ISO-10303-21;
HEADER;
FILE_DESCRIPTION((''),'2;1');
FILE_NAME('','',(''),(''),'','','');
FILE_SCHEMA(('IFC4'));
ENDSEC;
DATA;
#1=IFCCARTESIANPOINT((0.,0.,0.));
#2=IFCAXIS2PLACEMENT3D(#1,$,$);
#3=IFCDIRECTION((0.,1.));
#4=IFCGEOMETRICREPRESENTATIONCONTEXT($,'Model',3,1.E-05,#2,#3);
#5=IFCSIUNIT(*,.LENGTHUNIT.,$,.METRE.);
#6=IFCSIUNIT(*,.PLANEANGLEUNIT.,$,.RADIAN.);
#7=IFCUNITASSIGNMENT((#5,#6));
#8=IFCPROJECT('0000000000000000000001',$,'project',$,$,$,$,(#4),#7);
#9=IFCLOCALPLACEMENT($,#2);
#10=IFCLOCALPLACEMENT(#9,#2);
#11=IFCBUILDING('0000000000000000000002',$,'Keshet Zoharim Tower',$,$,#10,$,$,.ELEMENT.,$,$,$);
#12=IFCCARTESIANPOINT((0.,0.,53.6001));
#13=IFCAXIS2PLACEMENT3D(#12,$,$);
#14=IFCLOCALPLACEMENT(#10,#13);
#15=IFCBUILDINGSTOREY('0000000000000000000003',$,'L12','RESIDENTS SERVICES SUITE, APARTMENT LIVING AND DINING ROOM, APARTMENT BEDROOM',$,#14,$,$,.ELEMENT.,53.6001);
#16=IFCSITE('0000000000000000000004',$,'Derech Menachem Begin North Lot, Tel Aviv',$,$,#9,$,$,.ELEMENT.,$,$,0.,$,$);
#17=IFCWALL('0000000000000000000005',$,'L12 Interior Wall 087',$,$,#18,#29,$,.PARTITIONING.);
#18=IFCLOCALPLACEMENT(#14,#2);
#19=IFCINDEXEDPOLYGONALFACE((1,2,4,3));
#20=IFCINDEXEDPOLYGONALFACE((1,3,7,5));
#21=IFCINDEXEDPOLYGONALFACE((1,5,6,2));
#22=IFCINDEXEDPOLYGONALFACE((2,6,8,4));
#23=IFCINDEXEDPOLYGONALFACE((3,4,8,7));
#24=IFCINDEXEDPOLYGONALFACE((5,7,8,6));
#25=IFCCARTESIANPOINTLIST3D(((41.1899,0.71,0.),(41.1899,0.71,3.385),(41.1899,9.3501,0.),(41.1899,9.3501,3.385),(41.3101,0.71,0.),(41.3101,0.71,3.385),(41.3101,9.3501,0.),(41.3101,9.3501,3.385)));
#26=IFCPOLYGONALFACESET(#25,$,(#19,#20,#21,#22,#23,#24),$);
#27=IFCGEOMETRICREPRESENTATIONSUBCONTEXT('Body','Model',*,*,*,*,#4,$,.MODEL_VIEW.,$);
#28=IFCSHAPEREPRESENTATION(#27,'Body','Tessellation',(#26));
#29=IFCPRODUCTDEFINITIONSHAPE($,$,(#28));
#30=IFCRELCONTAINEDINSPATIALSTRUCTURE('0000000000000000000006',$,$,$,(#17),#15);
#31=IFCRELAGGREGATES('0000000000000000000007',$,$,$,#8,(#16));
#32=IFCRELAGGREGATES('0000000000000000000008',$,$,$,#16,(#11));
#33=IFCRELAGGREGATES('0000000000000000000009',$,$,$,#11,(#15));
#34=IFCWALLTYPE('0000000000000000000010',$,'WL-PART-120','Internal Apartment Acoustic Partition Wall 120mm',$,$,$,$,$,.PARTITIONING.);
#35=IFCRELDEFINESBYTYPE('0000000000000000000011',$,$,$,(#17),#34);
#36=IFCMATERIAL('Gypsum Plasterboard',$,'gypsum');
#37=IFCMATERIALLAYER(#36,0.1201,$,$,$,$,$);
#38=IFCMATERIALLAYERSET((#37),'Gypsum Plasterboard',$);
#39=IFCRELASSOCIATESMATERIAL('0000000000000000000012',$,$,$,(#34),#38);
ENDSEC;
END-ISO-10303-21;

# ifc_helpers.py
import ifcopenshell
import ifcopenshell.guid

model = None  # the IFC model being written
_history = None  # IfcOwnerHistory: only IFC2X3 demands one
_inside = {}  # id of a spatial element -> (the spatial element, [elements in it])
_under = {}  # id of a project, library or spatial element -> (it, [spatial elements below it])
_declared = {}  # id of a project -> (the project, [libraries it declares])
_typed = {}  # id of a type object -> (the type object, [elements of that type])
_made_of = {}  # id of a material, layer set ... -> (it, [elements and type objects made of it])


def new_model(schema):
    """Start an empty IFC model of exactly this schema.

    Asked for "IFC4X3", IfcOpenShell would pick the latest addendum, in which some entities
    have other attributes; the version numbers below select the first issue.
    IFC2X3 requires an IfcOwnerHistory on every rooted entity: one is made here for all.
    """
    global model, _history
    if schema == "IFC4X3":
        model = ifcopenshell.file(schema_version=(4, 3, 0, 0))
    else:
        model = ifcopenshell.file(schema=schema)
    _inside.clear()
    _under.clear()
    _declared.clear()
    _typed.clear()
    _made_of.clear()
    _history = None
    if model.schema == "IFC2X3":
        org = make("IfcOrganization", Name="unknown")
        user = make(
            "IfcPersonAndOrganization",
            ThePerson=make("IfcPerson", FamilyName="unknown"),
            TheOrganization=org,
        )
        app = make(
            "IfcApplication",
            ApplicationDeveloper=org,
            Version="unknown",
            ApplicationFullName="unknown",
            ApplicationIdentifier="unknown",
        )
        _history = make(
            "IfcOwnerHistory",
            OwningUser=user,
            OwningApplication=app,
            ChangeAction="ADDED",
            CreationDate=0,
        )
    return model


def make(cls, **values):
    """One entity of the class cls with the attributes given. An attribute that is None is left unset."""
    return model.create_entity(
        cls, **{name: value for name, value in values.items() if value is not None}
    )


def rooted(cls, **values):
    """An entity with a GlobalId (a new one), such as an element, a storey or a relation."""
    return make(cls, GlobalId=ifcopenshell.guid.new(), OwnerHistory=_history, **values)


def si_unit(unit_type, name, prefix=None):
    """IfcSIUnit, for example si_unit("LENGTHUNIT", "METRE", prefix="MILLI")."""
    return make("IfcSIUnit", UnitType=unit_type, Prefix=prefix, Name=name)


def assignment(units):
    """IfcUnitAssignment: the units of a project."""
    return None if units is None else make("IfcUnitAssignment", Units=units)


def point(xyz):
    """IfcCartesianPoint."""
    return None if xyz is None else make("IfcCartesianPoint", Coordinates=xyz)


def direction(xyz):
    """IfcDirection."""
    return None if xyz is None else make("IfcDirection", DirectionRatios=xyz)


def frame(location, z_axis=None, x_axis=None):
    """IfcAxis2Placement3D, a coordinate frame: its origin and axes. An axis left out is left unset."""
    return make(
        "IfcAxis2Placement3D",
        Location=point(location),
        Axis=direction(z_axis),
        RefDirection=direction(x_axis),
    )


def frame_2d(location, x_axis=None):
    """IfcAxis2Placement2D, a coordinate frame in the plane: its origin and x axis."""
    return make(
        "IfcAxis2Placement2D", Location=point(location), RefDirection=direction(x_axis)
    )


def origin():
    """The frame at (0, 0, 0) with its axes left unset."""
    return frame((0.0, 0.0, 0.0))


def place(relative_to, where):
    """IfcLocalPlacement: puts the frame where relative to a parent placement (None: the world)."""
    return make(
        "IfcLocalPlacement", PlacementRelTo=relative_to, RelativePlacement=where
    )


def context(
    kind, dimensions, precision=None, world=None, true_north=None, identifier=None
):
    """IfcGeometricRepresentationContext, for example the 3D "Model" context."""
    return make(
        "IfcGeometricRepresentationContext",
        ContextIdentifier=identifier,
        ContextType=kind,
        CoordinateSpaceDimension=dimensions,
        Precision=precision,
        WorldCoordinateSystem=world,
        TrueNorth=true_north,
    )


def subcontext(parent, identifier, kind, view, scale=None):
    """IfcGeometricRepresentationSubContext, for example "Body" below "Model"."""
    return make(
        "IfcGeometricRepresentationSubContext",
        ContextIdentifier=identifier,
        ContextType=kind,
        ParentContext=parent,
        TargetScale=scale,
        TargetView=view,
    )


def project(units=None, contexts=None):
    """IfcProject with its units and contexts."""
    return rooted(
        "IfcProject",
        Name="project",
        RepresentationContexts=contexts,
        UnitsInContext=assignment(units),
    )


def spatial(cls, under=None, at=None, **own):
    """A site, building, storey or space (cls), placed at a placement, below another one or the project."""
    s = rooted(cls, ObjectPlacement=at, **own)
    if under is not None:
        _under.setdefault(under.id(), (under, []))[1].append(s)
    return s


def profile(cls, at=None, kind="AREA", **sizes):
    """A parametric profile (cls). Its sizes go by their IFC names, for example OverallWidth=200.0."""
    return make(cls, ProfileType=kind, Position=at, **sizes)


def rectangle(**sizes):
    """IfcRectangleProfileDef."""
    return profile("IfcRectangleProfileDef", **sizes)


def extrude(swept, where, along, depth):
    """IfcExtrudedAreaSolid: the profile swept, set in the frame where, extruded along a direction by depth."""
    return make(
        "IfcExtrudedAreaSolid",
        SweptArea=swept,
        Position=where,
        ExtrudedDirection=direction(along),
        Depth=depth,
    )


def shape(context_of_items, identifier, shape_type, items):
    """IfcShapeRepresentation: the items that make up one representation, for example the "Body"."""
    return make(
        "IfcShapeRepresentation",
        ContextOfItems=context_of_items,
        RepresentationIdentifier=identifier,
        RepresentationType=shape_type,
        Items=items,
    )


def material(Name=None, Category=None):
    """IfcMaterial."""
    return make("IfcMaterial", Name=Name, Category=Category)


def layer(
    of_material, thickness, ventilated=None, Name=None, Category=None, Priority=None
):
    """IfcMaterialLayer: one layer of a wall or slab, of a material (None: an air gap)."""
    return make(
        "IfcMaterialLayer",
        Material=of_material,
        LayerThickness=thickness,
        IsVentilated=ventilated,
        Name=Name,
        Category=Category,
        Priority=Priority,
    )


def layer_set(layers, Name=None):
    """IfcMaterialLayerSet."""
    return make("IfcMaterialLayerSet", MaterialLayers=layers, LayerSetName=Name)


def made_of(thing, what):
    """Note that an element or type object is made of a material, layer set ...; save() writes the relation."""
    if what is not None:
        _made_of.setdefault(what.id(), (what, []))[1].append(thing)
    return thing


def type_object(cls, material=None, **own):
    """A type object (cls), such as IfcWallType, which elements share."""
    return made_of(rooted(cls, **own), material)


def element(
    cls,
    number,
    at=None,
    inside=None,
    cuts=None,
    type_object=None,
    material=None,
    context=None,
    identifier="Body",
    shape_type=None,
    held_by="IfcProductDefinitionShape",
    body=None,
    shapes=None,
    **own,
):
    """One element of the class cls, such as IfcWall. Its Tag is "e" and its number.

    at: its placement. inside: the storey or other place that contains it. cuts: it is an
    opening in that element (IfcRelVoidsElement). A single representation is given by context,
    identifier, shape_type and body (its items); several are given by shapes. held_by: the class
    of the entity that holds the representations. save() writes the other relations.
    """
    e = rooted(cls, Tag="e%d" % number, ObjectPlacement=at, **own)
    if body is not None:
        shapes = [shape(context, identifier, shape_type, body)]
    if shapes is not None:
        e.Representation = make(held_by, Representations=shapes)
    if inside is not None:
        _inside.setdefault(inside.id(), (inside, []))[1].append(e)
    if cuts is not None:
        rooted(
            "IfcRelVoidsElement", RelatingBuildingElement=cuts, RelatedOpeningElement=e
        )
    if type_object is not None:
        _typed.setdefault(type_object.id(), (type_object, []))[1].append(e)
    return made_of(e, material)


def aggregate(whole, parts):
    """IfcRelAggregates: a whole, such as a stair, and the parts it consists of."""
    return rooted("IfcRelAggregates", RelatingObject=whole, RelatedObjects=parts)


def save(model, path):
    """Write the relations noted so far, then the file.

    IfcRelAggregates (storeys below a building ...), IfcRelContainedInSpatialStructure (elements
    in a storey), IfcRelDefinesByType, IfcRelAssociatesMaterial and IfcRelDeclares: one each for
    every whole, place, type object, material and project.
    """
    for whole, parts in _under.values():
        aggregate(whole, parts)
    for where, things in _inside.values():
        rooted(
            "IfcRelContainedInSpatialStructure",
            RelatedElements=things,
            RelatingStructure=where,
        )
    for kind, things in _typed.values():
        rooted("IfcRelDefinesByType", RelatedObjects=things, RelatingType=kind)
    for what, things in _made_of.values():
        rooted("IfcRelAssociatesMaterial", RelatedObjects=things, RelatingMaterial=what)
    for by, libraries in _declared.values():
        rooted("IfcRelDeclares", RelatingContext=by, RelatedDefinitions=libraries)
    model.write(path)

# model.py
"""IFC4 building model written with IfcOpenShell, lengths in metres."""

from ifc_helpers import new_model, si_unit, direction, frame, frame_2d, origin, place, context, subcontext, project, spatial, rectangle, extrude, material, layer, layer_set, type_object, element, save


model = new_model("IFC4")

# Units and contexts
model_context = context("Model", 3, precision=1e-05, world=origin(), true_north=direction((0.0, 1.0)))
body_context = subcontext(model_context, "Body", "Model", "MODEL_VIEW")
ifc_project = project(units=[si_unit("LENGTHUNIT", "METRE"), si_unit("PLANEANGLEUNIT", "RADIAN")], contexts=[model_context])

# Site, building, storey
site_placement = place(None, origin())
site = spatial("IfcSite", under=ifc_project, at=site_placement, Name="Derech Menachem Begin North Lot, Tel Aviv", CompositionType="ELEMENT", RefElevation=0.0)
building_placement = place(site_placement, origin())
building = spatial("IfcBuilding", under=site, at=building_placement, Name="Keshet Zoharim Tower", CompositionType="ELEMENT")
storey_placement = place(building_placement, frame((0.0, 0.0, 53.6001)))
storey = spatial("IfcBuildingStorey", under=building, at=storey_placement, Name="L12", Description="RESIDENTS SERVICES SUITE, APARTMENT LIVING AND DINING ROOM, APARTMENT BEDROOM", CompositionType="ELEMENT", Elevation=53.6001)

# Wall
ifc_material_1 = material(Name="Gypsum Plasterboard", Category="gypsum")
ifc_layer_1 = layer(ifc_material_1, 0.1201)
ifc_layer_set_1 = layer_set([ifc_layer_1], Name="Gypsum Plasterboard")
wall_type = type_object("IfcWallType", Name="WL-PART-120", Description="Internal Apartment Acoustic Partition Wall 120mm", PredefinedType="PARTITIONING", material=ifc_layer_set_1)
for number, where, z_axis, x_axis, name in (
    (1, (41.25, 0.71, 0.0), (0.0, 0.0, 1.0), (0.0, 1.0, 0.0), "L12 Interior Wall 087"),
):
    element("IfcWall", number, at=place(storey_placement, frame(where, z_axis=z_axis, x_axis=x_axis)), inside=storey, type_object=wall_type, Name=name, PredefinedType="PARTITIONING", context=body_context, shape_type="SweptSolid", body=[
        extrude(rectangle(XDim=8.6401, YDim=0.1201, at=frame_2d((4.3201, 0.0))), origin(), (0.0, 0.0, 1.0), 3.385),
    ])

save(model, "model.ifc")
